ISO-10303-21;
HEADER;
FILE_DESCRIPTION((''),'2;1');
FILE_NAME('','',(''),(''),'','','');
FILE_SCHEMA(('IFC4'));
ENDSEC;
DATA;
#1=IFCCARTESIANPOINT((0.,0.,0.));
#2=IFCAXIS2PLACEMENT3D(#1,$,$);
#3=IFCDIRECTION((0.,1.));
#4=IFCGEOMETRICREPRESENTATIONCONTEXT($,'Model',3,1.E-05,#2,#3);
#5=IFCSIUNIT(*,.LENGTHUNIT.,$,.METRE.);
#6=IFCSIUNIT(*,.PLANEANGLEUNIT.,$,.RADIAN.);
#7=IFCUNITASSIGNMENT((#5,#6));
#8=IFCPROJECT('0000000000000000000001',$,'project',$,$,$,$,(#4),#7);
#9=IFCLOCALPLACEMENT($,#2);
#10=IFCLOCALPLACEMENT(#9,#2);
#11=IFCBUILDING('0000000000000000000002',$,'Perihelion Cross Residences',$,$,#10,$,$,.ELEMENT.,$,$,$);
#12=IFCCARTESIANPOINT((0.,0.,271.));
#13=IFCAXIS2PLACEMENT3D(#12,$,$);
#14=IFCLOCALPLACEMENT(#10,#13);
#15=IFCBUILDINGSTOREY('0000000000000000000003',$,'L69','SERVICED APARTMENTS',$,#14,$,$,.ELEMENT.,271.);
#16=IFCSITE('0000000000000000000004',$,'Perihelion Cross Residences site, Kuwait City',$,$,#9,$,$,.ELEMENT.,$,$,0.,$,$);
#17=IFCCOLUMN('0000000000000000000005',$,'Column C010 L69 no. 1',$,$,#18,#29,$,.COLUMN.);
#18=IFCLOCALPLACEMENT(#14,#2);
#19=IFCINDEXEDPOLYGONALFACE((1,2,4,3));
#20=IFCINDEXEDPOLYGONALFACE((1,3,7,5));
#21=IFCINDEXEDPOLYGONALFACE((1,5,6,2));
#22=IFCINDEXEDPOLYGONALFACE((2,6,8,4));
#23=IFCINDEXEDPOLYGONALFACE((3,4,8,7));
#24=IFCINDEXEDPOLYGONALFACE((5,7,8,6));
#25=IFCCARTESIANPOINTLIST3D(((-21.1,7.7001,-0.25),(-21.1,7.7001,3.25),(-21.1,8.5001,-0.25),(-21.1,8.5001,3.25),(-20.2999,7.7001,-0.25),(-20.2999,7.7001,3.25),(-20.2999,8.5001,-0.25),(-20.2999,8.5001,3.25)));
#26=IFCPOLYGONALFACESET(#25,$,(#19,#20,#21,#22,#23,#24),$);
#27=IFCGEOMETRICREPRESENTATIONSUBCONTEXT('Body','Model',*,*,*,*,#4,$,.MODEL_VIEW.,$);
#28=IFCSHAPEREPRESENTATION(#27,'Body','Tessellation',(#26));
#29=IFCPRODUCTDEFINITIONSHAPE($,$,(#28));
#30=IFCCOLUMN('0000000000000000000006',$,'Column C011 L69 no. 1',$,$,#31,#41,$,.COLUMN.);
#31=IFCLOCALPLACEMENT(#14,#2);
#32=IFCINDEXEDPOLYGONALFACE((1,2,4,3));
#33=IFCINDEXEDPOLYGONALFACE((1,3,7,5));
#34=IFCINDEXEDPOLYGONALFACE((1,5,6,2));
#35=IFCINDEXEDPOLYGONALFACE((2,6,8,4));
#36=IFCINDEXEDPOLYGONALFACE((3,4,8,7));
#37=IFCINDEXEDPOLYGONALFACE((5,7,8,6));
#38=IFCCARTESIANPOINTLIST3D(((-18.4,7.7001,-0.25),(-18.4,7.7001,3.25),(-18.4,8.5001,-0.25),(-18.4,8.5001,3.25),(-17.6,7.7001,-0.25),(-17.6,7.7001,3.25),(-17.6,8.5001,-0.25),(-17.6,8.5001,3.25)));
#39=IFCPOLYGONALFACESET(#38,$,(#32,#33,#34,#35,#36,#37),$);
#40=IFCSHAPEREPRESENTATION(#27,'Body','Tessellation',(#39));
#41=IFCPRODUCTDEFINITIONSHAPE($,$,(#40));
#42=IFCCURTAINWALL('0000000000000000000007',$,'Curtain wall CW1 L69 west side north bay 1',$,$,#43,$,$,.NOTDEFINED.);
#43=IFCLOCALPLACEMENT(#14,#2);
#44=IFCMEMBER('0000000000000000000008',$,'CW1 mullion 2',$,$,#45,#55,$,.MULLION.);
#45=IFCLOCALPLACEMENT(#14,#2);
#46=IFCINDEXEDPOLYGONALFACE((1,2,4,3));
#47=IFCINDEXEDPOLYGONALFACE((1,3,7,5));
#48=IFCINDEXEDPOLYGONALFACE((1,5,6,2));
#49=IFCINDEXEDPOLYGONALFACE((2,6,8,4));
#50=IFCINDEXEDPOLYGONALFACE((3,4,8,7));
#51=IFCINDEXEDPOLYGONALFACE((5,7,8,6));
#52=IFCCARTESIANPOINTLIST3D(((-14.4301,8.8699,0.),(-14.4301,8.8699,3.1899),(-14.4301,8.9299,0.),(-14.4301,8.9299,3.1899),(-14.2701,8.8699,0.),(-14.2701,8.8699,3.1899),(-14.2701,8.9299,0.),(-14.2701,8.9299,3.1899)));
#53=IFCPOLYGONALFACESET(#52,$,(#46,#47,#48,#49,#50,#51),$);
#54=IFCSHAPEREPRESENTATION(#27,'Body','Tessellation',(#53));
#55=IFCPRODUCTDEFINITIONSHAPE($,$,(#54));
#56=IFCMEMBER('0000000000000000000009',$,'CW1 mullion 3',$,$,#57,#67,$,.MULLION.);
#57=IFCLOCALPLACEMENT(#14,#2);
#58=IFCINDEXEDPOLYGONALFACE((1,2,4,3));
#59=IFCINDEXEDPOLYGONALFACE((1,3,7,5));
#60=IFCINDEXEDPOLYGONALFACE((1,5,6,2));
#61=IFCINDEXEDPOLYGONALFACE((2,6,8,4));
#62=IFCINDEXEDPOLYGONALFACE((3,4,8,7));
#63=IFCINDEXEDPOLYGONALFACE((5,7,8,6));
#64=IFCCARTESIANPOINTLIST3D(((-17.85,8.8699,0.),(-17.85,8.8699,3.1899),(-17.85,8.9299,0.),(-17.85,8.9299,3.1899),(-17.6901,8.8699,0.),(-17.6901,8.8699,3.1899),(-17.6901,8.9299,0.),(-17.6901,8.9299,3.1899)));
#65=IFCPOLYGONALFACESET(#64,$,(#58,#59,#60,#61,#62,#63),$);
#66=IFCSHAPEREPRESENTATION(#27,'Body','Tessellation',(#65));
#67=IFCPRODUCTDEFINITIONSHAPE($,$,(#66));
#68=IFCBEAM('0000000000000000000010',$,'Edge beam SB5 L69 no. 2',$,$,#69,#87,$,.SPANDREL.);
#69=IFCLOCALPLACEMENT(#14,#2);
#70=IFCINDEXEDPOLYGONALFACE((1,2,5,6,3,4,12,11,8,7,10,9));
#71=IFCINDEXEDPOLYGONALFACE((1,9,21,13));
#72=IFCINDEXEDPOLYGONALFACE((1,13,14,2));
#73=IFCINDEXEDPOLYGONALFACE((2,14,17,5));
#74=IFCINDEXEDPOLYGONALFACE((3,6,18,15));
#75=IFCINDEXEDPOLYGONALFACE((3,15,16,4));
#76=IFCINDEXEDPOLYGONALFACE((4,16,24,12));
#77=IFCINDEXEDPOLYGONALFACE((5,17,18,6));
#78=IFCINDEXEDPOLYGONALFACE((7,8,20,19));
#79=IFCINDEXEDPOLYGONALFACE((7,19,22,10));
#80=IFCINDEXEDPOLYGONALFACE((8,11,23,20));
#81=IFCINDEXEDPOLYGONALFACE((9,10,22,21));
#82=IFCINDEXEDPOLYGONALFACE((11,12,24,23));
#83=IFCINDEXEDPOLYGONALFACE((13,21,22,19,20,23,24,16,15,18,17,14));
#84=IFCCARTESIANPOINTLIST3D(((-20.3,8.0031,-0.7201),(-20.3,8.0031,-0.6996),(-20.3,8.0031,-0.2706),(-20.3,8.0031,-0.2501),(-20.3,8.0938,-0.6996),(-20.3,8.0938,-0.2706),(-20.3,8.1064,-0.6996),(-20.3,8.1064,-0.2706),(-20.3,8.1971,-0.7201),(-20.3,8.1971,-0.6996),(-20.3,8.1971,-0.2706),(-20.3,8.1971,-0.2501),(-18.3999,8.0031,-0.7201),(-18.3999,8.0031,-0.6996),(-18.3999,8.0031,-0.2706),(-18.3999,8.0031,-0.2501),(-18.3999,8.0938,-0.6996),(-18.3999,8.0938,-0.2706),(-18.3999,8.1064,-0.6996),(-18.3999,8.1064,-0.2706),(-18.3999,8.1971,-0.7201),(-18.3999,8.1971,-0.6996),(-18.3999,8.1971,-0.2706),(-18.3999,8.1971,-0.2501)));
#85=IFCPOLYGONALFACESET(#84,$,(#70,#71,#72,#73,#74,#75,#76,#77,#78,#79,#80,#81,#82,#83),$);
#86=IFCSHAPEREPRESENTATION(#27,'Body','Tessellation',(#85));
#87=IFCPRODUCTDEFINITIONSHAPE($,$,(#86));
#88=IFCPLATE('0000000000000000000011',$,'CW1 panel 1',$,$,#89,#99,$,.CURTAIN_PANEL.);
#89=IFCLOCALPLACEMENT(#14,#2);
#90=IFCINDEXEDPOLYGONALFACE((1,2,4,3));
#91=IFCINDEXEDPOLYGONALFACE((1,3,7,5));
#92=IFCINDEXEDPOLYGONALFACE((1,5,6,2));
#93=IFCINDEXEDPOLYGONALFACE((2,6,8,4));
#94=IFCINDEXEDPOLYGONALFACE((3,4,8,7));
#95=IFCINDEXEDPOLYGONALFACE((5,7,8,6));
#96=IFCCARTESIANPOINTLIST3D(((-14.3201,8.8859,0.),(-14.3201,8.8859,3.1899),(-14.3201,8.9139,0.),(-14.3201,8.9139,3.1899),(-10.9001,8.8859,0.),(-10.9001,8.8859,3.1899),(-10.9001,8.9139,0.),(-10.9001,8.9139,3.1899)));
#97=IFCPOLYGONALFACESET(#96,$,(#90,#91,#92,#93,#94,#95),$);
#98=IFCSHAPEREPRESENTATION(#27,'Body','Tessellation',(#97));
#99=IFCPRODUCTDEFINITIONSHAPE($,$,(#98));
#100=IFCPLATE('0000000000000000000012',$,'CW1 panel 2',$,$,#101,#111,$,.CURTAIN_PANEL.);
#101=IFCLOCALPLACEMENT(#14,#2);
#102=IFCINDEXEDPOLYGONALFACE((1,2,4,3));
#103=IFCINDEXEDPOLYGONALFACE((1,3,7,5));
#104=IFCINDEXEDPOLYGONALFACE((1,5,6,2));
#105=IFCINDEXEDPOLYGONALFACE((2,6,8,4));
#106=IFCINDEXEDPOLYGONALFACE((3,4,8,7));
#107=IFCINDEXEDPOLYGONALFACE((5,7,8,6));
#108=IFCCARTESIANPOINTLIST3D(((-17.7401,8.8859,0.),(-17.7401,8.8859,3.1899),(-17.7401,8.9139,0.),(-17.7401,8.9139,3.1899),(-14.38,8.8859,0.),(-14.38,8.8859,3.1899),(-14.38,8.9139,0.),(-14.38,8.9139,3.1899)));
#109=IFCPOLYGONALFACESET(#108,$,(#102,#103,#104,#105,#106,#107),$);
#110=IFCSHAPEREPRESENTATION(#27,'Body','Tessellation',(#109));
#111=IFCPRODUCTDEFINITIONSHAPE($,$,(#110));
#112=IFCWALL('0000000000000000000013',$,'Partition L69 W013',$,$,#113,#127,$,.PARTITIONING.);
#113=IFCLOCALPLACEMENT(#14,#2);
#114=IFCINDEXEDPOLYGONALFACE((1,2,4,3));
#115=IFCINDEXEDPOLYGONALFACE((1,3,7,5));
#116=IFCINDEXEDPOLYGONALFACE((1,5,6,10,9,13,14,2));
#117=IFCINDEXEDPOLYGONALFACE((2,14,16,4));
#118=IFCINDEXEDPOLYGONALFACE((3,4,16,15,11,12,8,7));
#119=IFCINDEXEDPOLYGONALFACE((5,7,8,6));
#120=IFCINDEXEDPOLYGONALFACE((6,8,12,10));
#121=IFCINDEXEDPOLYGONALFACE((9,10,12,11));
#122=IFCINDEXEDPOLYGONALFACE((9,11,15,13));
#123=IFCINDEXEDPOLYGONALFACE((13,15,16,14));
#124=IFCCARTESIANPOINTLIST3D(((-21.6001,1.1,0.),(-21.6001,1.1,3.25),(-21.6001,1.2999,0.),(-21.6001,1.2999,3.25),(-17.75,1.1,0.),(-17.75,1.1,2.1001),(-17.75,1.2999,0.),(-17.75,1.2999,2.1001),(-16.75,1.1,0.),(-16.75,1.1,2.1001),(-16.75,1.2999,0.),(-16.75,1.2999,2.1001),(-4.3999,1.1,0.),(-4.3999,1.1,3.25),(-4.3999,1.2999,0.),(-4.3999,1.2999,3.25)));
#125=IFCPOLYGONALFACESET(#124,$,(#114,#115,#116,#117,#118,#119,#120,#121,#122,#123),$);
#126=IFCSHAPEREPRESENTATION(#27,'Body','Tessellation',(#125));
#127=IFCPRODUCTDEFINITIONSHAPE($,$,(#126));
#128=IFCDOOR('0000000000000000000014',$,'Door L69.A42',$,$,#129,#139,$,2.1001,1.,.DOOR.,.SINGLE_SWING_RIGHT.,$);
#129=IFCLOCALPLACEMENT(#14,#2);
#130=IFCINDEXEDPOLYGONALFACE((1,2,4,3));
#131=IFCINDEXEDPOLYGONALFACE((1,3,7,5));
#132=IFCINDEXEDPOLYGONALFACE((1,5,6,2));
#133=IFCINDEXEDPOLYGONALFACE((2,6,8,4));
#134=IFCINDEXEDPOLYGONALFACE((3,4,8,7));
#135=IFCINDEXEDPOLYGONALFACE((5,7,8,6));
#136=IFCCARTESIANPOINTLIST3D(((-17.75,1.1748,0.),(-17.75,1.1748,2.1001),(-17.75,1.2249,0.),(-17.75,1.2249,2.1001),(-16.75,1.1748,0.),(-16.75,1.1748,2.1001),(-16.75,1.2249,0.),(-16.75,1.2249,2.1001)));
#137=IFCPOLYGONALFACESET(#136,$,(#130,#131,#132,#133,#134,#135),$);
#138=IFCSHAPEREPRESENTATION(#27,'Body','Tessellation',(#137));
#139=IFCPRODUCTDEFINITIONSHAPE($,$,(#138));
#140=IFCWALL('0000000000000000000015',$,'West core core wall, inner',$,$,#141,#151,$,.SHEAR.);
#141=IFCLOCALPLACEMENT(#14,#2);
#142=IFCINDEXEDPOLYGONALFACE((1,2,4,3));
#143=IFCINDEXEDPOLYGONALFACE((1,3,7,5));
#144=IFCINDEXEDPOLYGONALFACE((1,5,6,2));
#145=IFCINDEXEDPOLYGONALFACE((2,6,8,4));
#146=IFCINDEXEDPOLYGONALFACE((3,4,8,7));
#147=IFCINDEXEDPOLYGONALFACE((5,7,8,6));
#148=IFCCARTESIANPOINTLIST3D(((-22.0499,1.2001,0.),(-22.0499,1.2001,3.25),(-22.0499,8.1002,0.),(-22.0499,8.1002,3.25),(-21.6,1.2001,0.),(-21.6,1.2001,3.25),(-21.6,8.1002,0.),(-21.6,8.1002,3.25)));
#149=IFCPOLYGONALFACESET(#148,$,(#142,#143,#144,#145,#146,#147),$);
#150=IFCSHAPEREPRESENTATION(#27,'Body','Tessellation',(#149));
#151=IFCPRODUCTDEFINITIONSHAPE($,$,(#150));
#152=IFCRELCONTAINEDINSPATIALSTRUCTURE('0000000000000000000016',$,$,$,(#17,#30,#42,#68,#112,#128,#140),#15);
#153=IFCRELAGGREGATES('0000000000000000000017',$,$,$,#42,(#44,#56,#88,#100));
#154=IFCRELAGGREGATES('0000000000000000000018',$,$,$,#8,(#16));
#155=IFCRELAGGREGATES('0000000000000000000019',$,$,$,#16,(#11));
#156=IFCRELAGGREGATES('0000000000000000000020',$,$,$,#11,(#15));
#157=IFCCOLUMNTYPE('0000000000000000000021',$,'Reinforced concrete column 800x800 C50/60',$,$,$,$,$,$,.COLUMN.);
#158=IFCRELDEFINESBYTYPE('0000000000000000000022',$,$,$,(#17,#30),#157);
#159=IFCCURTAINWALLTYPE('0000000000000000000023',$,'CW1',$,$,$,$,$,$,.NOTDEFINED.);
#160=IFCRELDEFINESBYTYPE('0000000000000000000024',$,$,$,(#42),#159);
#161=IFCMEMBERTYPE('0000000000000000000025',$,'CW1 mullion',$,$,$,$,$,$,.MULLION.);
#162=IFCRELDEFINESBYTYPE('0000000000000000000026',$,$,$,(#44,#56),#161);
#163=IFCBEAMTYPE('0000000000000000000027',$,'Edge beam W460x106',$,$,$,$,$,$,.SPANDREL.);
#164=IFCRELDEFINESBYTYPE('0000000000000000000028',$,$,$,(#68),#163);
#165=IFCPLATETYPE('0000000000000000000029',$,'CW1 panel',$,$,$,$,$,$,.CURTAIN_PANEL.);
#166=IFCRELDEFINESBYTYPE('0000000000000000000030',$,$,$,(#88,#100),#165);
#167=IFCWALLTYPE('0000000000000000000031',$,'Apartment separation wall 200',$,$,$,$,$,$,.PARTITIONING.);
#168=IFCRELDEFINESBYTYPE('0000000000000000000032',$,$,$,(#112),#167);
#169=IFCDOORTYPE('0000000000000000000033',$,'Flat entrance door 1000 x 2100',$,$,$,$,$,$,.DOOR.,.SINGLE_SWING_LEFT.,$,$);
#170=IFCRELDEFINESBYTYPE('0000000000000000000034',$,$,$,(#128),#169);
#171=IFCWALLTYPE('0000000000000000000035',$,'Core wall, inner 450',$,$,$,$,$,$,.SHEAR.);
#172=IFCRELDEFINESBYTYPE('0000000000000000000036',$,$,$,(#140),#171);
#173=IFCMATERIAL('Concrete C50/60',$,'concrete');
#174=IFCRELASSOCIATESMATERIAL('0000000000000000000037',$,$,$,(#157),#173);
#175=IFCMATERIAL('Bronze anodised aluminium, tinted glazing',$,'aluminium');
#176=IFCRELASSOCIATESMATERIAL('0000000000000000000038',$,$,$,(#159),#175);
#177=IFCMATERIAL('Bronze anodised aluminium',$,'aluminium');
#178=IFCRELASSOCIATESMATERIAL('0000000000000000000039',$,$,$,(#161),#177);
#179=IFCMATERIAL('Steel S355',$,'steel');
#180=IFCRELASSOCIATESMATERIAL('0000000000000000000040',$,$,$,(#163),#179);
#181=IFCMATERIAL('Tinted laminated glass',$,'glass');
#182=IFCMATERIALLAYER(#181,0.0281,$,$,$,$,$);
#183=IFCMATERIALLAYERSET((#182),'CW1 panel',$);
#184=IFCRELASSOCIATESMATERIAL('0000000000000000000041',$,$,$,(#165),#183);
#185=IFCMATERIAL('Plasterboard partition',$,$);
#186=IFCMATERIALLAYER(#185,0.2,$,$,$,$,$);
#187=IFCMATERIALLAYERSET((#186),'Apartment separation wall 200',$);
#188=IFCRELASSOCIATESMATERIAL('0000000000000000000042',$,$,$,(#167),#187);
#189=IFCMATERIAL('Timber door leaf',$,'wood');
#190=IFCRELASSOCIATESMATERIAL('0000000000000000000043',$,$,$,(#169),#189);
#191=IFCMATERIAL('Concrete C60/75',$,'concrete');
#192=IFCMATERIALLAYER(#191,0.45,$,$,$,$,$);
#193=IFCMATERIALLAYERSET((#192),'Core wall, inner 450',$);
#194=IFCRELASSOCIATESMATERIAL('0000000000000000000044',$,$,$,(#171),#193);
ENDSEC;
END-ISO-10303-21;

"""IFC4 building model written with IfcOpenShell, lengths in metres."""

from ifc_helpers import new_model, si_unit, direction, frame, frame_2d, origin, origin_2d, place, context, subcontext, project, spatial, rectangle, i_section, extrude, material, layer, layer_set, material_profile, profile_set, type_object, element, fill, aggregate, save


model = new_model("IFC4")

# Units and contexts
model_context = context("Model", 3, precision=1e-05, world=origin(), true_north=direction((0.0, 1.0)))
body_context = subcontext(model_context, "Body", "Model", "MODEL_VIEW")
ifc_project = project(units=[si_unit("LENGTHUNIT", "METRE"), si_unit("PLANEANGLEUNIT", "RADIAN")], contexts=[model_context])

# Site, building, storey
site_placement = place(None, origin())
site = spatial("IfcSite", under=ifc_project, at=site_placement, Name="Perihelion Cross Residences site, Kuwait City", CompositionType="ELEMENT", RefElevation=0.0)
building_placement = place(site_placement, origin())
building = spatial("IfcBuilding", under=site, at=building_placement, Name="Perihelion Cross Residences", CompositionType="ELEMENT")
storey_placement = place(building_placement, frame((0.0, 0.0, 271.0)))
storey = spatial("IfcBuildingStorey", under=building, at=storey_placement, Name="L69", Description="SERVICED APARTMENTS", CompositionType="ELEMENT", Elevation=271.0)

# Columns
ifc_material_1 = material(Name="Concrete C50/60", Category="concrete")
ifc_material_profile_1 = material_profile(ifc_material_1, rectangle(XDim=0.8, YDim=0.8, at=origin_2d()), Name="RC 800x800")
ifc_profile_set_1 = profile_set([ifc_material_profile_1], Name="Concrete C50/60")
column_type = type_object("IfcColumnType", Name="Reinforced concrete column 800x800 C50/60", PredefinedType="COLUMN", material=ifc_profile_set_1)
for number, where, z_axis, x_axis, name in (
    (1, (-20.7, 8.1001, -0.25), (0.0, 0.0, 1.0), (1.0, 0.0, 0.0), "Column C010 L69 no. 1"),
    (2, (-18.0, 8.1001, -0.25), (0.0, 0.0, 1.0), (1.0, 0.0, 0.0), "Column C011 L69 no. 1"),
):
    element("IfcColumn", number, at=place(storey_placement, frame(where, z_axis=z_axis, x_axis=x_axis)), inside=storey, type_object=column_type, Name=name, PredefinedType="COLUMN", context=body_context, shape_type="SweptSolid", body=[
        extrude(rectangle(XDim=0.8, YDim=0.8, at=origin_2d()), origin(), (0.0, 0.0, 1.0), 3.5),
    ])

# Curtain wall, members
ifc_material_2 = material(Name="Bronze anodised aluminium, tinted glazing", Category="aluminium")
curtain_wall_type = type_object("IfcCurtainWallType", Name="CW1", PredefinedType="NOTDEFINED", material=ifc_material_2)
curtain_wall_placement = place(storey_placement, origin())
curtain_wall = element("IfcCurtainWall", 3, at=curtain_wall_placement, inside=storey, type_object=curtain_wall_type, Name="Curtain wall CW1 L69 west side north bay 1", PredefinedType="NOTDEFINED")
ifc_material_3 = material(Name="Bronze anodised aluminium", Category="aluminium")
ifc_material_profile_2 = material_profile(ifc_material_3, rectangle(XDim=0.0601, YDim=0.1599, at=origin_2d()), Name="CW1 mullion")
ifc_profile_set_2 = profile_set([ifc_material_profile_2], Name="Bronze anodised aluminium")
member_type = type_object("IfcMemberType", Name="CW1 mullion", PredefinedType="MULLION", material=ifc_profile_set_2)
member_1_placement = place(storey_placement, frame((-14.3501, 8.8999, 0.0), z_axis=(0.0, 0.0, 1.0), x_axis=(0.0, -1.0, 0.0)))
member_1 = element("IfcMember", 4, at=member_1_placement, type_object=member_type, Name="CW1 mullion 2", PredefinedType="MULLION", context=body_context, shape_type="SweptSolid", body=[
    extrude(rectangle(XDim=0.0601, YDim=0.1599, at=origin_2d()), origin(), (0.0, 0.0, 1.0), 3.1899),
])
member_2_placement = place(storey_placement, frame((-17.77, 8.8999, 0.0), z_axis=(0.0, 0.0, 1.0), x_axis=(0.0, -1.0, 0.0)))
member_2 = element("IfcMember", 5, at=member_2_placement, type_object=member_type, Name="CW1 mullion 3", PredefinedType="MULLION", context=body_context, shape_type="SweptSolid", body=[
    extrude(rectangle(XDim=0.0601, YDim=0.1599, at=origin_2d()), origin(), (0.0, 0.0, 1.0), 3.1899),
])

# Beam
ifc_material_4 = material(Name="Steel S355", Category="steel")
ifc_material_profile_3 = material_profile(ifc_material_4, i_section(OverallWidth=0.1941, OverallDepth=0.47, WebThickness=0.0127, FlangeThickness=0.0205, at=origin_2d()), Name="W460x106")
ifc_profile_set_3 = profile_set([ifc_material_profile_3], Name="Steel S355")
beam_type = type_object("IfcBeamType", Name="Edge beam W460x106", PredefinedType="SPANDREL", material=ifc_profile_set_3)
beam_placement = place(storey_placement, frame((-18.3999, 8.1001, -0.4851), z_axis=(-1.0, 0.0, 0.0), x_axis=(0.0, -1.0, 0.0)))
element("IfcBeam", 6, at=beam_placement, inside=storey, type_object=beam_type, Name="Edge beam SB5 L69 no. 2", PredefinedType="SPANDREL", context=body_context, shape_type="SweptSolid", body=[
    extrude(i_section(OverallWidth=0.1941, OverallDepth=0.47, WebThickness=0.0127, FlangeThickness=0.0205, at=origin_2d()), origin(), (0.0, 0.0, 1.0), 1.9001),
])

# Plates
ifc_material_5 = material(Name="Tinted laminated glass", Category="glass")
ifc_layer_1 = layer(ifc_material_5, 0.0281)
ifc_layer_set_1 = layer_set([ifc_layer_1], Name="CW1 panel")
plate_type = type_object("IfcPlateType", Name="CW1 panel", PredefinedType="CURTAIN_PANEL", material=ifc_layer_set_1)
plate_1_placement = place(storey_placement, frame((-12.6101, 8.8999, 0.0), z_axis=(0.0, 0.0, 1.0), x_axis=(-1.0, 0.0, 0.0)))
plate_1 = element("IfcPlate", 7, at=plate_1_placement, type_object=plate_type, Name="CW1 panel 1", PredefinedType="CURTAIN_PANEL", context=body_context, shape_type="SweptSolid", body=[
    extrude(rectangle(XDim=3.4199, YDim=0.0281, at=origin_2d()), origin(), (0.0, 0.0, 1.0), 3.1899),
])
plate_2_placement = place(storey_placement, frame((-16.0601, 8.8999, 0.0), z_axis=(0.0, 0.0, 1.0), x_axis=(-1.0, 0.0, 0.0)))
plate_2 = element("IfcPlate", 8, at=plate_2_placement, type_object=plate_type, Name="CW1 panel 2", PredefinedType="CURTAIN_PANEL", context=body_context, shape_type="SweptSolid", body=[
    extrude(rectangle(XDim=3.3601, YDim=0.0281, at=origin_2d()), origin(), (0.0, 0.0, 1.0), 3.1899),
])
aggregate(curtain_wall, [member_1, member_2, plate_1, plate_2])

# Wall, opening, door
ifc_material_6 = material(Name="Plasterboard partition")
ifc_layer_2 = layer(ifc_material_6, 0.2)
ifc_layer_set_2 = layer_set([ifc_layer_2], Name="Apartment separation wall 200")
wall_type_1 = type_object("IfcWallType", Name="Apartment separation wall 200", PredefinedType="PARTITIONING", material=ifc_layer_set_2)
wall_1_placement = place(storey_placement, frame((-21.6001, 1.2, 0.0), z_axis=(0.0, 0.0, 1.0), x_axis=(1.0, 0.0, 0.0)))
wall_1 = element("IfcWall", 9, at=wall_1_placement, inside=storey, type_object=wall_type_1, Name="Partition L69 W013", PredefinedType="PARTITIONING", context=body_context, shape_type="SweptSolid", body=[
    extrude(rectangle(XDim=17.2002, YDim=0.2, at=frame_2d((8.6001, 0.0))), origin(), (0.0, 0.0, 1.0), 3.25),
])
opening_1_placement = place(wall_1_placement, frame((3.8501, 0.0, 0.0)))
opening_1 = element("IfcOpeningElement", 10, at=opening_1_placement, cuts=wall_1, PredefinedType="OPENING", context=body_context, shape_type="SweptSolid", body=[
    extrude(rectangle(XDim=1.0, YDim=2.1001, at=frame_2d((0.5, 1.05))), frame((0.0, 0.1099, 0.0), z_axis=(0.0, -1.0, 0.0), x_axis=(1.0, 0.0, 0.0)), (0.0, 0.0, 1.0), 0.22),
])
ifc_material_7 = material(Name="Timber door leaf", Category="wood")
door_type_1 = type_object("IfcDoorType", Name="Flat entrance door 1000 x 2100", OperationType="SINGLE_SWING_LEFT", PredefinedType="DOOR", material=ifc_material_7)
door_1_placement = place(opening_1_placement, origin())
door_1 = element("IfcDoor", 11, at=door_1_placement, inside=storey, type_object=door_type_1, Name="Door L69.A42", OperationType="SINGLE_SWING_RIGHT", OverallHeight=2.1001, OverallWidth=1.0, PredefinedType="DOOR", context=body_context, shape_type="SweptSolid", body=[
    extrude(rectangle(XDim=1.0, YDim=2.1001, at=frame_2d((0.5, 1.05))), frame((0.0, 0.0249, 0.0), z_axis=(0.0, -1.0, 0.0), x_axis=(1.0, 0.0, 0.0)), (0.0, 0.0, 1.0), 0.05),
])
fill(opening_1, door_1)

# Wall
ifc_material_8 = material(Name="Concrete C60/75", Category="concrete")
ifc_layer_3 = layer(ifc_material_8, 0.45)
ifc_layer_set_3 = layer_set([ifc_layer_3], Name="Core wall, inner 450")
wall_type_2 = type_object("IfcWallType", Name="Core wall, inner 450", PredefinedType="SHEAR", material=ifc_layer_set_3)
wall_2_placement = place(storey_placement, frame((-21.825, 1.2, 0.0), z_axis=(0.0, 0.0, 1.0), x_axis=(0.0, 1.0, 0.0)))
element("IfcWall", 12, at=wall_2_placement, inside=storey, type_object=wall_type_2, Name="West core core wall, inner", PredefinedType="SHEAR", context=body_context, shape_type="SweptSolid", body=[
    extrude(rectangle(XDim=6.9001, YDim=0.45, at=frame_2d((3.4502, 0.0))), origin(), (0.0, 0.0, 1.0), 3.25),
])

save(model, "model.ifc")
